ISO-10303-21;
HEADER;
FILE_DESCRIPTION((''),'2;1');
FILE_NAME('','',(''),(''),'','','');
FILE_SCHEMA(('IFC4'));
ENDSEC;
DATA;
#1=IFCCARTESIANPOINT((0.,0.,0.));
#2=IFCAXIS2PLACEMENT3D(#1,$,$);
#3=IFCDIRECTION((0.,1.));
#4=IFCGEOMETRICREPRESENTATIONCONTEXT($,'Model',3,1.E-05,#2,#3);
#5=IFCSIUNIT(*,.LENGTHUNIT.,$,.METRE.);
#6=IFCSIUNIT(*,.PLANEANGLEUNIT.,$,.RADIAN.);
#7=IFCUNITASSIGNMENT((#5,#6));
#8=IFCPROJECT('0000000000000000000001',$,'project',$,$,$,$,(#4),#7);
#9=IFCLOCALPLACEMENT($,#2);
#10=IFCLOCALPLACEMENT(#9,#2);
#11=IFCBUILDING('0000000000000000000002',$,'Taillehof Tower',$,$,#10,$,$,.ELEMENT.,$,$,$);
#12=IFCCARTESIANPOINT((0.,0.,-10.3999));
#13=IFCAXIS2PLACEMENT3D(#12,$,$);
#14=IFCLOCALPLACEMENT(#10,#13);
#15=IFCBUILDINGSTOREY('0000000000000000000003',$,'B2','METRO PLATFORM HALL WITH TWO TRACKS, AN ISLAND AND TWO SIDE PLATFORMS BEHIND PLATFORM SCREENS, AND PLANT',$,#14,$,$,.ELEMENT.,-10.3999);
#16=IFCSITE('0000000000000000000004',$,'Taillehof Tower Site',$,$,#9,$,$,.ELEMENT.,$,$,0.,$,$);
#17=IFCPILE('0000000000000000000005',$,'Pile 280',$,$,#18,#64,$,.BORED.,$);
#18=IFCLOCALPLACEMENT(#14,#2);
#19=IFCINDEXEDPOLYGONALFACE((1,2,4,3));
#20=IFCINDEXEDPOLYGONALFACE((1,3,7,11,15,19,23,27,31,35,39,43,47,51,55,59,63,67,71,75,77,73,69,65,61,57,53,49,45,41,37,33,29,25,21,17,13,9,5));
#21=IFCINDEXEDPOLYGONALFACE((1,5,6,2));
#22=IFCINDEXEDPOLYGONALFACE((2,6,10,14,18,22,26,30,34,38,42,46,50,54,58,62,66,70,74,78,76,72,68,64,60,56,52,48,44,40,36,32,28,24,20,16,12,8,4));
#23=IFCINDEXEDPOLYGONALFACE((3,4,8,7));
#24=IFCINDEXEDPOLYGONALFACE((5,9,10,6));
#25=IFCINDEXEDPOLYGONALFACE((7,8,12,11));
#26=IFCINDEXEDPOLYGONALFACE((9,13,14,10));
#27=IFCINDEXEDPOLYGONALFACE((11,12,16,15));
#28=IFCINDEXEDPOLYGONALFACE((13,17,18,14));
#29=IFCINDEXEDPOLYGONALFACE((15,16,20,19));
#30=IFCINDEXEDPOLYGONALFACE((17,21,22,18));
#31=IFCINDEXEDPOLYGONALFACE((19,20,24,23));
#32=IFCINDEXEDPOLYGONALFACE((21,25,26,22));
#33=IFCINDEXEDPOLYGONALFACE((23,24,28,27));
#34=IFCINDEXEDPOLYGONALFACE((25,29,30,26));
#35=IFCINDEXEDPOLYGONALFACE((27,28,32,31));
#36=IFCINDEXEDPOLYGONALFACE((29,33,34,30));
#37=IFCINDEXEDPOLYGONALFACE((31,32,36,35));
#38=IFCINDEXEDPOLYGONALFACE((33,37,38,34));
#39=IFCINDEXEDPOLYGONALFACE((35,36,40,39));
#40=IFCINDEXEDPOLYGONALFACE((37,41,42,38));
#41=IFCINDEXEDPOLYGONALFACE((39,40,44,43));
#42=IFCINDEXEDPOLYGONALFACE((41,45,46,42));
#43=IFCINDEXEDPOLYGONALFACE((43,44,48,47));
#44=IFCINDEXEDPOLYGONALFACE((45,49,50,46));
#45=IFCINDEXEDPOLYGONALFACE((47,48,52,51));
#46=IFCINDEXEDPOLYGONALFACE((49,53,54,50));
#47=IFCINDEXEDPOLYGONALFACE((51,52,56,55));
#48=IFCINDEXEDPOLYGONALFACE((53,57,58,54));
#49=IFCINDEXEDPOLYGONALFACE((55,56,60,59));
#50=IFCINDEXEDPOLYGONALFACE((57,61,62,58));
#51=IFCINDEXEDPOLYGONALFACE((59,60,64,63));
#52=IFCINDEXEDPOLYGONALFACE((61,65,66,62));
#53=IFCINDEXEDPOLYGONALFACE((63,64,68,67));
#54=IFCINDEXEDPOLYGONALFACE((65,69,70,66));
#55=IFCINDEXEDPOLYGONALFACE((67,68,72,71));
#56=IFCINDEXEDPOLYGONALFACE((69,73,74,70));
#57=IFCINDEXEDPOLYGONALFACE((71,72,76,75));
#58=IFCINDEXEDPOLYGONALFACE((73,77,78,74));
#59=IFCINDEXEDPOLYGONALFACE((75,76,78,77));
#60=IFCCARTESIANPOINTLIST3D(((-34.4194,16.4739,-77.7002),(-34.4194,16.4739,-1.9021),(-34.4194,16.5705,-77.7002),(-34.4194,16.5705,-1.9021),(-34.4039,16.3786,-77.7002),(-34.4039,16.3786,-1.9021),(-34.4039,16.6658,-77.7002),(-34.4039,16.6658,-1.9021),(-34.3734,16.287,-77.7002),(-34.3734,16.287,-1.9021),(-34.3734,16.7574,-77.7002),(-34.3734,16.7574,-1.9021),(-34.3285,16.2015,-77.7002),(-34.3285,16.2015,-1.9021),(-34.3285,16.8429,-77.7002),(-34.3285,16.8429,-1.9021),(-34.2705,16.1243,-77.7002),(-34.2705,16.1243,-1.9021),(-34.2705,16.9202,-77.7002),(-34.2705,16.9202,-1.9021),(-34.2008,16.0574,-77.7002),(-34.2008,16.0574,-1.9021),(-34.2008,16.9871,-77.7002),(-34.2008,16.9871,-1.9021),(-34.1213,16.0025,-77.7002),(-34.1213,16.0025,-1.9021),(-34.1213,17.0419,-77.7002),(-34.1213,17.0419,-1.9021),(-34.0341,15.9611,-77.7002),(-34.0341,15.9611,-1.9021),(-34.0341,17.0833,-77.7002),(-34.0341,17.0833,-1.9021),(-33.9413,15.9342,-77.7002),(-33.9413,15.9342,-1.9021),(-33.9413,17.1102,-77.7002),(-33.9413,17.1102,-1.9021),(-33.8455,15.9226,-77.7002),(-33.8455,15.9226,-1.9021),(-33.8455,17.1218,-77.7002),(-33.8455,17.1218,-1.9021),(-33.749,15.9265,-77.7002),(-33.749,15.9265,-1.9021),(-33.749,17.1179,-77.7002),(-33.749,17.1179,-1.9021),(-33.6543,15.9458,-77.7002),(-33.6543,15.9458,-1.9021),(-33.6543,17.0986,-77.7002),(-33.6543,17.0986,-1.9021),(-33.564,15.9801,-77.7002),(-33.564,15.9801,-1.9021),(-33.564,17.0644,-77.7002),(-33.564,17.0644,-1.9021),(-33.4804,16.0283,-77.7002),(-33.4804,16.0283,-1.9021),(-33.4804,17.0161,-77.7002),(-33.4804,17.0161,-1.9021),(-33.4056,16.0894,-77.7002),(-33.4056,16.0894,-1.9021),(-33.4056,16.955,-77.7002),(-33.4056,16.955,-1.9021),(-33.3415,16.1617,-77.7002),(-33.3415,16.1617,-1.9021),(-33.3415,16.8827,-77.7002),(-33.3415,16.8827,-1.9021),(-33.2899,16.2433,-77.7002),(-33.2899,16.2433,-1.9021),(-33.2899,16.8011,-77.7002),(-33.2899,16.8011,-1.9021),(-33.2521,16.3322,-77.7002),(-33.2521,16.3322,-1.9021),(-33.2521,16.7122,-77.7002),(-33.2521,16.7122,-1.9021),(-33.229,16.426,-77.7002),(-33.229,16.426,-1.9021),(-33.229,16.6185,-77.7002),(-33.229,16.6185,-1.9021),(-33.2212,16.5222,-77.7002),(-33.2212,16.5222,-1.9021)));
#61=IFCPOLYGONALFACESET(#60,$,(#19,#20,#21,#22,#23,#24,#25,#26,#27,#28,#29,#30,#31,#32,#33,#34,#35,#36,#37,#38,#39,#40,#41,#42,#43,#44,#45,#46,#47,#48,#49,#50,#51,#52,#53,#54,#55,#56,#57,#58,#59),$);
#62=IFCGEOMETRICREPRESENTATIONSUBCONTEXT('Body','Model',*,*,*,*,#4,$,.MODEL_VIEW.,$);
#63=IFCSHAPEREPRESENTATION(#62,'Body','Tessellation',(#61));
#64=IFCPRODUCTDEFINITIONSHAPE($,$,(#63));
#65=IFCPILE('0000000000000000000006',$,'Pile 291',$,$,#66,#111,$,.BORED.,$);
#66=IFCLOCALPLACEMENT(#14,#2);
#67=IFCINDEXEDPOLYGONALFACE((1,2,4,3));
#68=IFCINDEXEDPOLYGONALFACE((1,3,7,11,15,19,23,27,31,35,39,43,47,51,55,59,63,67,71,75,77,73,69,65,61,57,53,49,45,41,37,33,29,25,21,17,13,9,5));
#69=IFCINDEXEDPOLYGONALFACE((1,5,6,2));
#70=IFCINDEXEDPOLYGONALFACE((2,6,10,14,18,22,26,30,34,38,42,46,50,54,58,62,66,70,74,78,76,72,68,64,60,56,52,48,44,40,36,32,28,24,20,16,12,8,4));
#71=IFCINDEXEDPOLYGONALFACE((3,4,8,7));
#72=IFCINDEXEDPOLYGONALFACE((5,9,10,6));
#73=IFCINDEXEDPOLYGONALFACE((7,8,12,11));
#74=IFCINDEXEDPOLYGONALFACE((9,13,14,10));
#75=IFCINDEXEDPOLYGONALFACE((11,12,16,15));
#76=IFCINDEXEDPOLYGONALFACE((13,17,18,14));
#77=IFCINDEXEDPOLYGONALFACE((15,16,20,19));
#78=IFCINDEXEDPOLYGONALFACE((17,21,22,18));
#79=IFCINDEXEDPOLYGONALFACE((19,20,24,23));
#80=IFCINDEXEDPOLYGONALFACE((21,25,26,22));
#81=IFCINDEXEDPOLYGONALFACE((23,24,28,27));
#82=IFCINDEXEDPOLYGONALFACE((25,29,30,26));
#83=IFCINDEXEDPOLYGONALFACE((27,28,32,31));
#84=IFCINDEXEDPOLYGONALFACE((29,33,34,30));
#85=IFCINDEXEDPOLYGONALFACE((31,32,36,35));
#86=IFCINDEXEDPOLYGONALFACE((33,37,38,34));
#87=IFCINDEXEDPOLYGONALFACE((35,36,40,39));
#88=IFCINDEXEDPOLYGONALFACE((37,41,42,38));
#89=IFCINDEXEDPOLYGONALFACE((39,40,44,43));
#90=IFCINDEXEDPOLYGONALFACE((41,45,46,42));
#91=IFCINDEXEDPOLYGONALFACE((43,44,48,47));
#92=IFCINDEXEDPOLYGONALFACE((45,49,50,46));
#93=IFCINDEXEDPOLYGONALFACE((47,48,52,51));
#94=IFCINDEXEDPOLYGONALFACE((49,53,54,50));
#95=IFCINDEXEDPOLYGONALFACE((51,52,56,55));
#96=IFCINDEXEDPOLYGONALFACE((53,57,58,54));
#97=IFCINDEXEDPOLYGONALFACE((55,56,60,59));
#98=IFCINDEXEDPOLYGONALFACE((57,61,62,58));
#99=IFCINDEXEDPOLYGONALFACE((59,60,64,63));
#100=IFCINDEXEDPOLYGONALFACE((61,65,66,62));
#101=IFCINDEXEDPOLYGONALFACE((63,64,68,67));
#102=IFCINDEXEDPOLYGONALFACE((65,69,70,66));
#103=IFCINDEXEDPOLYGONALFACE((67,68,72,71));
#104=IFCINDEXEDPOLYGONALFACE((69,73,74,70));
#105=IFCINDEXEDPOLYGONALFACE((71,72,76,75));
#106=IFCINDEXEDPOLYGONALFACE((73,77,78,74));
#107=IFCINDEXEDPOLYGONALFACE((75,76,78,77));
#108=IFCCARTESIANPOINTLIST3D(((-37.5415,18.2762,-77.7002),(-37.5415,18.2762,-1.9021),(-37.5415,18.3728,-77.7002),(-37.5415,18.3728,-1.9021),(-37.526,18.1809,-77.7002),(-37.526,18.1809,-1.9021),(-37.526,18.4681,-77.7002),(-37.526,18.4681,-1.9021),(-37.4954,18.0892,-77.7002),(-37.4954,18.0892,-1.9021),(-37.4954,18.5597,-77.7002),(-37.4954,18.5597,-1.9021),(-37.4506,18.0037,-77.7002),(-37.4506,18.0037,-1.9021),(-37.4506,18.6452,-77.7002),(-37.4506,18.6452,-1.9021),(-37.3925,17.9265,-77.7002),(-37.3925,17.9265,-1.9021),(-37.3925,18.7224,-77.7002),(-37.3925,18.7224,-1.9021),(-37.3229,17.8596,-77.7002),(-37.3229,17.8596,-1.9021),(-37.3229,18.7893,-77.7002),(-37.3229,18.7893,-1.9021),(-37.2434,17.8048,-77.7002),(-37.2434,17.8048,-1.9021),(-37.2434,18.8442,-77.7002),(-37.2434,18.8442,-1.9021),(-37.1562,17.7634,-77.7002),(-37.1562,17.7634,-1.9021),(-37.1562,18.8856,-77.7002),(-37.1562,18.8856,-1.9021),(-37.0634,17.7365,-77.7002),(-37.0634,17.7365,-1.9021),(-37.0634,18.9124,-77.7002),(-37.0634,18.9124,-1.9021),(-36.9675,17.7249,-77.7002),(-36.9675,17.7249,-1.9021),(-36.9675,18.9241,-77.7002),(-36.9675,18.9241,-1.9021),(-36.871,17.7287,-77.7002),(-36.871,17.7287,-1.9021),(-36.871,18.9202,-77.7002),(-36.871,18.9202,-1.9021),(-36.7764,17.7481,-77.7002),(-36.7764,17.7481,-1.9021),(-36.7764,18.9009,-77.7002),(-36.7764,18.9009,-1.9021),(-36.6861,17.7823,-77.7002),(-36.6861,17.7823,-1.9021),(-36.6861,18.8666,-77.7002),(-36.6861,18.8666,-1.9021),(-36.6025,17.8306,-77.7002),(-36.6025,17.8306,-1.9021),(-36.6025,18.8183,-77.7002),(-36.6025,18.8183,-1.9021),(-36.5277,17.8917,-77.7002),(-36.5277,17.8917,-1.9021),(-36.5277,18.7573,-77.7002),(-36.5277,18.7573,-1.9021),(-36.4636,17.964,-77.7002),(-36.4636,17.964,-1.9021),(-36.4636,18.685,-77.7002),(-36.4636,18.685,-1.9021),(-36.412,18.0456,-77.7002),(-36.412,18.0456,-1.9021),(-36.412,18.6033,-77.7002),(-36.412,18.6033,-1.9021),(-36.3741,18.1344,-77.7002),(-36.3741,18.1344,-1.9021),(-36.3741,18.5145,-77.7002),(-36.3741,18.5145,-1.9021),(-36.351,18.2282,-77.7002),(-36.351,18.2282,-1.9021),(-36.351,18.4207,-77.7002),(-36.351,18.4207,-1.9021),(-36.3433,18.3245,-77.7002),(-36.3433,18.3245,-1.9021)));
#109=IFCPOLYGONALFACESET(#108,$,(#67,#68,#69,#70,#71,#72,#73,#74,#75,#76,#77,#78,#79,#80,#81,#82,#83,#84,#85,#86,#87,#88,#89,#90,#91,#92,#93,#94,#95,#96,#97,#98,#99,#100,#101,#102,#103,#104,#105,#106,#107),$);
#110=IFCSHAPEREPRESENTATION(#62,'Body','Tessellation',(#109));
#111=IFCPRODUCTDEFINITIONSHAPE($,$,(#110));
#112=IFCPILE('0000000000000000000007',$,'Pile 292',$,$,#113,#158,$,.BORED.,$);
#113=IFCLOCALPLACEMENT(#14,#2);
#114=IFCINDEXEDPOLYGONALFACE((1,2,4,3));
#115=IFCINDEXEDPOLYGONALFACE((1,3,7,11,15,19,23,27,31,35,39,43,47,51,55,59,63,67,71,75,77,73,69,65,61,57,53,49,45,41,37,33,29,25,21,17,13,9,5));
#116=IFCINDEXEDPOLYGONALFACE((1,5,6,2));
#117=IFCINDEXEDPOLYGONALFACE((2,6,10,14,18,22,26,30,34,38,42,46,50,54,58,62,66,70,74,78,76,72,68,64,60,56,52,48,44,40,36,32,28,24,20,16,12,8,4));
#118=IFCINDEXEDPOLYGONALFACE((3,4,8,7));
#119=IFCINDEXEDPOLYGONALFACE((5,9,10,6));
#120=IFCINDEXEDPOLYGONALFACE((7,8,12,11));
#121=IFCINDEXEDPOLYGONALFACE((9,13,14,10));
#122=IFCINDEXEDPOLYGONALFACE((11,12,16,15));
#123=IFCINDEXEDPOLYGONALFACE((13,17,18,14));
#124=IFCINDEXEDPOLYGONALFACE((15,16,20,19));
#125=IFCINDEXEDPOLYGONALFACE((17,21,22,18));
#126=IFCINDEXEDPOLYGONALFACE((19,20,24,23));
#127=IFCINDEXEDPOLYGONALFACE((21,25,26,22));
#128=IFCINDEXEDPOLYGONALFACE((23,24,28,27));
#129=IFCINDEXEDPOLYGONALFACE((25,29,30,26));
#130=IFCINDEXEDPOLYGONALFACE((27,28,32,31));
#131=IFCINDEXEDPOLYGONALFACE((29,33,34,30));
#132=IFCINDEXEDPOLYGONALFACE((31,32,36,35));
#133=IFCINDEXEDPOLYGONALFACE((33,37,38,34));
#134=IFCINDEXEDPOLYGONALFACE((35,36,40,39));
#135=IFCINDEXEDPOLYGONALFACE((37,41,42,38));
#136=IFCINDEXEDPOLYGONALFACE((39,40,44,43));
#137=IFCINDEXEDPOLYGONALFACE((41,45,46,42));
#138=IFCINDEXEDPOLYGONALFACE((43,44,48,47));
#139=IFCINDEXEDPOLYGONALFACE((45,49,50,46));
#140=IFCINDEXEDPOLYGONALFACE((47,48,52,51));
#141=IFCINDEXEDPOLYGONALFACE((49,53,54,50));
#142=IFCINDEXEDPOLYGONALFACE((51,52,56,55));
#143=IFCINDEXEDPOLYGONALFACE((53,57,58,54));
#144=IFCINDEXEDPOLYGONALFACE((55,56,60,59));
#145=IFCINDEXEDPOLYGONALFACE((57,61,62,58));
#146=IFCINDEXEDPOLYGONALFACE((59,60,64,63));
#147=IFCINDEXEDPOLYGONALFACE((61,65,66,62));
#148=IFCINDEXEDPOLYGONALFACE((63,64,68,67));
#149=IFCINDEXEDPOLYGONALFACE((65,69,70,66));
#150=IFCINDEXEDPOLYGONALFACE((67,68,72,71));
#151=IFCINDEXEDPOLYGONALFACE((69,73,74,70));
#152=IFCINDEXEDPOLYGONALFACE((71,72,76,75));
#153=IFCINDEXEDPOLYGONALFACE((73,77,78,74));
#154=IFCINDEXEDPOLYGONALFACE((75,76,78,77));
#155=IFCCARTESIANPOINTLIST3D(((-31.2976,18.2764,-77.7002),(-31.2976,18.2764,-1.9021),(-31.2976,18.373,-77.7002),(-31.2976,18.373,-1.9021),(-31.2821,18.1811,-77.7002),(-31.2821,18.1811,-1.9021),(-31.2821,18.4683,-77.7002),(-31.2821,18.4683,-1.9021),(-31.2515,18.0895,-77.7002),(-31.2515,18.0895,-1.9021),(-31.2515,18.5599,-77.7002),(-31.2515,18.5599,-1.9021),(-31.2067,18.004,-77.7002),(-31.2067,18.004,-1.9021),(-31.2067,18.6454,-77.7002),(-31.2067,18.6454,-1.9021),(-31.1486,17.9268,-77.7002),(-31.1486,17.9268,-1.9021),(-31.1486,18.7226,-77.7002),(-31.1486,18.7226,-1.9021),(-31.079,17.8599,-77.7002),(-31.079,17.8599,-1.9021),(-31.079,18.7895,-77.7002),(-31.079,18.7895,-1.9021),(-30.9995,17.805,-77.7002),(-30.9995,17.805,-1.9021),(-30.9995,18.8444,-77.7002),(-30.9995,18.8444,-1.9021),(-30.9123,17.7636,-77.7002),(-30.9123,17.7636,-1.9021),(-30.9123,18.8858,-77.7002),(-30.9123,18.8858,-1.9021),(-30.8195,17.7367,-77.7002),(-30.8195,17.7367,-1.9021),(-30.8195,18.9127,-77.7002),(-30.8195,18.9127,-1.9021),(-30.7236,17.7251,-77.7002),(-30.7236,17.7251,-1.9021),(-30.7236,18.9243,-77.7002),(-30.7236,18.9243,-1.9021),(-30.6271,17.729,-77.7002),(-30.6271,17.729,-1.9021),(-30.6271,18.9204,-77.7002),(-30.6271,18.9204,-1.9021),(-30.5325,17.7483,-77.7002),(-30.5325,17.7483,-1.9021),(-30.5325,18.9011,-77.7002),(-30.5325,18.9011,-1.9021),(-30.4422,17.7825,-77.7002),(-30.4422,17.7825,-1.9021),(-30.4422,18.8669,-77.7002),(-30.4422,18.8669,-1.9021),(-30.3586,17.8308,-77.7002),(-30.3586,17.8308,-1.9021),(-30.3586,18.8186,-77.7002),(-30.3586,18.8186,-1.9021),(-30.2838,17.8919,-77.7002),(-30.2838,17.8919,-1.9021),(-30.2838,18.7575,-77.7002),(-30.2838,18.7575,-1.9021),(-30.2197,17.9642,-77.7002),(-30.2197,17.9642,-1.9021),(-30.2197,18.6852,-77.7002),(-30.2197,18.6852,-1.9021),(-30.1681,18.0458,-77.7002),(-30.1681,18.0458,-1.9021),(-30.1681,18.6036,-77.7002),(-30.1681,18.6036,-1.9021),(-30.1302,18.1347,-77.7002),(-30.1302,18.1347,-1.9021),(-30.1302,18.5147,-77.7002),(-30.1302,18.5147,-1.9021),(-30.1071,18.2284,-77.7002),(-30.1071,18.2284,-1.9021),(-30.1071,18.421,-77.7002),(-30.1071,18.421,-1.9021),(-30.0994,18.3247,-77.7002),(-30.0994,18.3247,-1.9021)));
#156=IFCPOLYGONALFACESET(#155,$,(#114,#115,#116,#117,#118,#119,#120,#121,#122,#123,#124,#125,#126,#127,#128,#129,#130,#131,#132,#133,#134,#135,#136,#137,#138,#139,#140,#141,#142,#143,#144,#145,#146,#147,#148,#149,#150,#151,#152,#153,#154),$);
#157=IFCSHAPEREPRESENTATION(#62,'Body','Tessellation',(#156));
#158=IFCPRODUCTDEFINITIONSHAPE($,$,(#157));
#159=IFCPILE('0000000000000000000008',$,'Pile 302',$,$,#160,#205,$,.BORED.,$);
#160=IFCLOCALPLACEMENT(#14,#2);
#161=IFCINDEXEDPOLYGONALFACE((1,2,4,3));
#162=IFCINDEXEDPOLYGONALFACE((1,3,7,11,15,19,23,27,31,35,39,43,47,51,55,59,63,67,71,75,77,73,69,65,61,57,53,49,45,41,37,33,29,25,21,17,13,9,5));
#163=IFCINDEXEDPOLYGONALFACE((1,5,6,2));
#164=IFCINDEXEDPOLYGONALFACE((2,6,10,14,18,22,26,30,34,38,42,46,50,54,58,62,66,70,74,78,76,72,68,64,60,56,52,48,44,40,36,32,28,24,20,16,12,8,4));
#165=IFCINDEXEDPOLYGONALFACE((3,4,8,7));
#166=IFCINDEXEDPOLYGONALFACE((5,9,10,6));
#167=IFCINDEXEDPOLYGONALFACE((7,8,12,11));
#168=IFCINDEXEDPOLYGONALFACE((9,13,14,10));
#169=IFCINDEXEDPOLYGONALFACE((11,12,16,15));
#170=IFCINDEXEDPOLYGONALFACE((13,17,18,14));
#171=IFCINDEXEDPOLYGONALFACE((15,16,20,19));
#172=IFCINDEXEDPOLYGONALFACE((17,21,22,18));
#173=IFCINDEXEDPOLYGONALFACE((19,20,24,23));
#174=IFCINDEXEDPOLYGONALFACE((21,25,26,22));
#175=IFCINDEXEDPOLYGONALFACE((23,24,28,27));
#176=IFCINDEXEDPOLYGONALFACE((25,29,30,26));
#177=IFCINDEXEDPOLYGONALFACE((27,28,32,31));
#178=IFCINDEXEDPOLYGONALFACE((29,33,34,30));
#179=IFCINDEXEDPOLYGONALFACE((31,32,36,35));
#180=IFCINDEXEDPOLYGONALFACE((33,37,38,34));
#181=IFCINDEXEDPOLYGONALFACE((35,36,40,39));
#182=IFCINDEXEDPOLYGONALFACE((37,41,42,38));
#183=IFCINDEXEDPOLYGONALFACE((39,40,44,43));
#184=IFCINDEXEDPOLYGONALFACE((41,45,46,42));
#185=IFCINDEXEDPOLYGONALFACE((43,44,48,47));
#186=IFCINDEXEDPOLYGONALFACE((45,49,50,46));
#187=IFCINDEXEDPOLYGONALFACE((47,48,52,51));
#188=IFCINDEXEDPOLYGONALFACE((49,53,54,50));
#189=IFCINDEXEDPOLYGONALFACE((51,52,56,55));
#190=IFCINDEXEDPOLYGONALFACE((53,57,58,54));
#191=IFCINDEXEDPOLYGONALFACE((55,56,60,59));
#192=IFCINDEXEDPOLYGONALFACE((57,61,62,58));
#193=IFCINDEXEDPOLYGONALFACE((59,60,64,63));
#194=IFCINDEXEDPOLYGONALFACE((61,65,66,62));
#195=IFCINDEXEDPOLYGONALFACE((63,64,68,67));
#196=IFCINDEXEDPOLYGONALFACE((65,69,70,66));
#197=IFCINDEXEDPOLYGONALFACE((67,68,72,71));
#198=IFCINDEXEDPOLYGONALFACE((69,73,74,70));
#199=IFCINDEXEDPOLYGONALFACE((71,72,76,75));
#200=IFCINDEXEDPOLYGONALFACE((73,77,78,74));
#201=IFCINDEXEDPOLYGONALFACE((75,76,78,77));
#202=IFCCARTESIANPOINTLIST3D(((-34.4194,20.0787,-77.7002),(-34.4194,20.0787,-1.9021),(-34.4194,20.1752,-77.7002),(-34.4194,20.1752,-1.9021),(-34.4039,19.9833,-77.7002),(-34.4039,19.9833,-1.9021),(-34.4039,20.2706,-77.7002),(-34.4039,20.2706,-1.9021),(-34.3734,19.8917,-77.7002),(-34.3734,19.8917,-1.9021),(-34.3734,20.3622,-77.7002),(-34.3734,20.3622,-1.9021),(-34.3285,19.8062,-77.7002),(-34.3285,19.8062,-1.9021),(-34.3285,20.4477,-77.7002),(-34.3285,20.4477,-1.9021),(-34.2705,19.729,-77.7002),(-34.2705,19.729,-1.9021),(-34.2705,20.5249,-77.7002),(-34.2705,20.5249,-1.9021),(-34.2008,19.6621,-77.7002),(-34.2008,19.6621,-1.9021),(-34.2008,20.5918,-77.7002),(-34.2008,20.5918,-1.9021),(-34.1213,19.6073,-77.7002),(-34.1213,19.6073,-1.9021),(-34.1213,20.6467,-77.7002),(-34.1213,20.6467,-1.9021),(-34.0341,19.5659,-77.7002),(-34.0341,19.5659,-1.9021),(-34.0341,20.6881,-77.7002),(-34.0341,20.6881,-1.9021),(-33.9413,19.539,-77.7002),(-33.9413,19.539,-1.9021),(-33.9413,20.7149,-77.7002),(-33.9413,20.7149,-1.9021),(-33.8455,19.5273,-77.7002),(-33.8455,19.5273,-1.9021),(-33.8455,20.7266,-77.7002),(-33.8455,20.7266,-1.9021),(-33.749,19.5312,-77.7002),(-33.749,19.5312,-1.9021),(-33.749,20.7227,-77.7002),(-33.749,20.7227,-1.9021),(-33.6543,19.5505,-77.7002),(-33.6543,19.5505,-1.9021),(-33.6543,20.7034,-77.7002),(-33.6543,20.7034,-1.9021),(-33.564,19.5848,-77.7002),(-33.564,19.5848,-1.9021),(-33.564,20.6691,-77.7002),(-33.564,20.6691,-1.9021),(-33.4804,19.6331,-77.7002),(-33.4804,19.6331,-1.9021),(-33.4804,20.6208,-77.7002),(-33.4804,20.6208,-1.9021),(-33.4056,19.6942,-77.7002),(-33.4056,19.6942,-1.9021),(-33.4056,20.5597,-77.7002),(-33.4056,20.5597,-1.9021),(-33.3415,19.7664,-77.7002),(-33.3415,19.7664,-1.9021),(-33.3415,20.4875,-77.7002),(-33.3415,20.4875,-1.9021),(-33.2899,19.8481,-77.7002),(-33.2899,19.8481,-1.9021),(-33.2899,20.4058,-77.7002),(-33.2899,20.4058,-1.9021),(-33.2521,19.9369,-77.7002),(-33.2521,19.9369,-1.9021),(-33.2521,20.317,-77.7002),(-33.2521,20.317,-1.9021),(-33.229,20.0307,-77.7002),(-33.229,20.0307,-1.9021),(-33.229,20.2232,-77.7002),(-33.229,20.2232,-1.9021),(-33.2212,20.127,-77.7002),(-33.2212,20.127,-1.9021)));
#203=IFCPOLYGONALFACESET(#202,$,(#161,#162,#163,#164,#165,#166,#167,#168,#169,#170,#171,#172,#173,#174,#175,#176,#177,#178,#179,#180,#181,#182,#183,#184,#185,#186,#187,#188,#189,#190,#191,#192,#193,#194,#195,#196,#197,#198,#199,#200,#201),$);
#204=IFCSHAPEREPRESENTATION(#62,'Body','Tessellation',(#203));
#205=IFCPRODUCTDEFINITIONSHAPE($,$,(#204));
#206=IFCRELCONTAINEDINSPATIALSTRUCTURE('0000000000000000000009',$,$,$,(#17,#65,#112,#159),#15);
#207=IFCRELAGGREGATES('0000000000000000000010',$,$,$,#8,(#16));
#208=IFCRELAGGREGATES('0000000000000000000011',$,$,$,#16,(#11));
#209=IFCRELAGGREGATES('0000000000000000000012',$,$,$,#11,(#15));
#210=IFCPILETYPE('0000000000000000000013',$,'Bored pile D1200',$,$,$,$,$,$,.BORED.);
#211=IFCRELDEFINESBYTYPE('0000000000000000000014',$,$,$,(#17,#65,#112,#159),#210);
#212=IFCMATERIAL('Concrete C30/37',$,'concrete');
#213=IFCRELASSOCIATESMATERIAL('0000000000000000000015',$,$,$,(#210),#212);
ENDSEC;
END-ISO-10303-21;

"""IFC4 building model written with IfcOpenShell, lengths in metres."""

from ifc_helpers import new_model, si_unit, direction, frame, origin, origin_2d, place, context, subcontext, project, spatial, circle, extrude, material, material_profile, profile_set, type_object, element, save


model = new_model("IFC4")

# Units and contexts
model_context = context("Model", 3, precision=1e-05, world=origin(), true_north=direction((0.0, 1.0)))
body_context = subcontext(model_context, "Body", "Model", "MODEL_VIEW")
ifc_project = project(units=[si_unit("LENGTHUNIT", "METRE"), si_unit("PLANEANGLEUNIT", "RADIAN")], contexts=[model_context])

# Site, building, storey
site_placement = place(None, origin())
site = spatial("IfcSite", under=ifc_project, at=site_placement, Name="Taillehof Tower Site", CompositionType="ELEMENT", RefElevation=0.0)
building_placement = place(site_placement, origin())
building = spatial("IfcBuilding", under=site, at=building_placement, Name="Taillehof Tower", CompositionType="ELEMENT")
storey_placement = place(building_placement, frame((0.0, 0.0, -10.3999)))
storey = spatial("IfcBuildingStorey", under=building, at=storey_placement, Name="B2", Description="METRO PLATFORM HALL WITH TWO TRACKS, AN ISLAND AND TWO SIDE PLATFORMS BEHIND PLATFORM SCREENS, AND PLANT", CompositionType="ELEMENT", Elevation=-10.3999)

# Piles
ifc_material_1 = material(Name="Concrete C30/37", Category="concrete")
ifc_material_profile_1 = material_profile(ifc_material_1, circle(Radius=0.6001, at=origin_2d()), Name="BP D1200")
ifc_profile_set_1 = profile_set([ifc_material_profile_1], Name="Concrete C30/37")
pile_type = type_object("IfcPileType", Name="Bored pile D1200", PredefinedType="BORED", material=ifc_profile_set_1)
for number, where, z_axis, x_axis, name in (
    (1, (-33.8213, 16.5222, -1.9021), (0.0, 0.0, -1.0), (1.0, 0.0, 0.0), "Pile 280"),
    (2, (-36.9434, 18.3245, -1.9021), (0.0, 0.0, -1.0), (1.0, 0.0, 0.0), "Pile 291"),
    (3, (-30.6995, 18.3247, -1.9021), (0.0, 0.0, -1.0), (1.0, 0.0, 0.0), "Pile 292"),
    (4, (-33.8213, 20.127, -1.9021), (0.0, 0.0, -1.0), (1.0, 0.0, 0.0), "Pile 302"),
):
    element("IfcPile", number, at=place(storey_placement, frame(where, z_axis=z_axis, x_axis=x_axis)), inside=storey, type_object=pile_type, Name=name, PredefinedType="BORED", context=body_context, shape_type="SweptSolid", body=[
        extrude(circle(Radius=0.6001, at=origin_2d()), origin(), (0.0, 0.0, 1.0), 75.7981),
    ])

save(model, "model.ifc")
